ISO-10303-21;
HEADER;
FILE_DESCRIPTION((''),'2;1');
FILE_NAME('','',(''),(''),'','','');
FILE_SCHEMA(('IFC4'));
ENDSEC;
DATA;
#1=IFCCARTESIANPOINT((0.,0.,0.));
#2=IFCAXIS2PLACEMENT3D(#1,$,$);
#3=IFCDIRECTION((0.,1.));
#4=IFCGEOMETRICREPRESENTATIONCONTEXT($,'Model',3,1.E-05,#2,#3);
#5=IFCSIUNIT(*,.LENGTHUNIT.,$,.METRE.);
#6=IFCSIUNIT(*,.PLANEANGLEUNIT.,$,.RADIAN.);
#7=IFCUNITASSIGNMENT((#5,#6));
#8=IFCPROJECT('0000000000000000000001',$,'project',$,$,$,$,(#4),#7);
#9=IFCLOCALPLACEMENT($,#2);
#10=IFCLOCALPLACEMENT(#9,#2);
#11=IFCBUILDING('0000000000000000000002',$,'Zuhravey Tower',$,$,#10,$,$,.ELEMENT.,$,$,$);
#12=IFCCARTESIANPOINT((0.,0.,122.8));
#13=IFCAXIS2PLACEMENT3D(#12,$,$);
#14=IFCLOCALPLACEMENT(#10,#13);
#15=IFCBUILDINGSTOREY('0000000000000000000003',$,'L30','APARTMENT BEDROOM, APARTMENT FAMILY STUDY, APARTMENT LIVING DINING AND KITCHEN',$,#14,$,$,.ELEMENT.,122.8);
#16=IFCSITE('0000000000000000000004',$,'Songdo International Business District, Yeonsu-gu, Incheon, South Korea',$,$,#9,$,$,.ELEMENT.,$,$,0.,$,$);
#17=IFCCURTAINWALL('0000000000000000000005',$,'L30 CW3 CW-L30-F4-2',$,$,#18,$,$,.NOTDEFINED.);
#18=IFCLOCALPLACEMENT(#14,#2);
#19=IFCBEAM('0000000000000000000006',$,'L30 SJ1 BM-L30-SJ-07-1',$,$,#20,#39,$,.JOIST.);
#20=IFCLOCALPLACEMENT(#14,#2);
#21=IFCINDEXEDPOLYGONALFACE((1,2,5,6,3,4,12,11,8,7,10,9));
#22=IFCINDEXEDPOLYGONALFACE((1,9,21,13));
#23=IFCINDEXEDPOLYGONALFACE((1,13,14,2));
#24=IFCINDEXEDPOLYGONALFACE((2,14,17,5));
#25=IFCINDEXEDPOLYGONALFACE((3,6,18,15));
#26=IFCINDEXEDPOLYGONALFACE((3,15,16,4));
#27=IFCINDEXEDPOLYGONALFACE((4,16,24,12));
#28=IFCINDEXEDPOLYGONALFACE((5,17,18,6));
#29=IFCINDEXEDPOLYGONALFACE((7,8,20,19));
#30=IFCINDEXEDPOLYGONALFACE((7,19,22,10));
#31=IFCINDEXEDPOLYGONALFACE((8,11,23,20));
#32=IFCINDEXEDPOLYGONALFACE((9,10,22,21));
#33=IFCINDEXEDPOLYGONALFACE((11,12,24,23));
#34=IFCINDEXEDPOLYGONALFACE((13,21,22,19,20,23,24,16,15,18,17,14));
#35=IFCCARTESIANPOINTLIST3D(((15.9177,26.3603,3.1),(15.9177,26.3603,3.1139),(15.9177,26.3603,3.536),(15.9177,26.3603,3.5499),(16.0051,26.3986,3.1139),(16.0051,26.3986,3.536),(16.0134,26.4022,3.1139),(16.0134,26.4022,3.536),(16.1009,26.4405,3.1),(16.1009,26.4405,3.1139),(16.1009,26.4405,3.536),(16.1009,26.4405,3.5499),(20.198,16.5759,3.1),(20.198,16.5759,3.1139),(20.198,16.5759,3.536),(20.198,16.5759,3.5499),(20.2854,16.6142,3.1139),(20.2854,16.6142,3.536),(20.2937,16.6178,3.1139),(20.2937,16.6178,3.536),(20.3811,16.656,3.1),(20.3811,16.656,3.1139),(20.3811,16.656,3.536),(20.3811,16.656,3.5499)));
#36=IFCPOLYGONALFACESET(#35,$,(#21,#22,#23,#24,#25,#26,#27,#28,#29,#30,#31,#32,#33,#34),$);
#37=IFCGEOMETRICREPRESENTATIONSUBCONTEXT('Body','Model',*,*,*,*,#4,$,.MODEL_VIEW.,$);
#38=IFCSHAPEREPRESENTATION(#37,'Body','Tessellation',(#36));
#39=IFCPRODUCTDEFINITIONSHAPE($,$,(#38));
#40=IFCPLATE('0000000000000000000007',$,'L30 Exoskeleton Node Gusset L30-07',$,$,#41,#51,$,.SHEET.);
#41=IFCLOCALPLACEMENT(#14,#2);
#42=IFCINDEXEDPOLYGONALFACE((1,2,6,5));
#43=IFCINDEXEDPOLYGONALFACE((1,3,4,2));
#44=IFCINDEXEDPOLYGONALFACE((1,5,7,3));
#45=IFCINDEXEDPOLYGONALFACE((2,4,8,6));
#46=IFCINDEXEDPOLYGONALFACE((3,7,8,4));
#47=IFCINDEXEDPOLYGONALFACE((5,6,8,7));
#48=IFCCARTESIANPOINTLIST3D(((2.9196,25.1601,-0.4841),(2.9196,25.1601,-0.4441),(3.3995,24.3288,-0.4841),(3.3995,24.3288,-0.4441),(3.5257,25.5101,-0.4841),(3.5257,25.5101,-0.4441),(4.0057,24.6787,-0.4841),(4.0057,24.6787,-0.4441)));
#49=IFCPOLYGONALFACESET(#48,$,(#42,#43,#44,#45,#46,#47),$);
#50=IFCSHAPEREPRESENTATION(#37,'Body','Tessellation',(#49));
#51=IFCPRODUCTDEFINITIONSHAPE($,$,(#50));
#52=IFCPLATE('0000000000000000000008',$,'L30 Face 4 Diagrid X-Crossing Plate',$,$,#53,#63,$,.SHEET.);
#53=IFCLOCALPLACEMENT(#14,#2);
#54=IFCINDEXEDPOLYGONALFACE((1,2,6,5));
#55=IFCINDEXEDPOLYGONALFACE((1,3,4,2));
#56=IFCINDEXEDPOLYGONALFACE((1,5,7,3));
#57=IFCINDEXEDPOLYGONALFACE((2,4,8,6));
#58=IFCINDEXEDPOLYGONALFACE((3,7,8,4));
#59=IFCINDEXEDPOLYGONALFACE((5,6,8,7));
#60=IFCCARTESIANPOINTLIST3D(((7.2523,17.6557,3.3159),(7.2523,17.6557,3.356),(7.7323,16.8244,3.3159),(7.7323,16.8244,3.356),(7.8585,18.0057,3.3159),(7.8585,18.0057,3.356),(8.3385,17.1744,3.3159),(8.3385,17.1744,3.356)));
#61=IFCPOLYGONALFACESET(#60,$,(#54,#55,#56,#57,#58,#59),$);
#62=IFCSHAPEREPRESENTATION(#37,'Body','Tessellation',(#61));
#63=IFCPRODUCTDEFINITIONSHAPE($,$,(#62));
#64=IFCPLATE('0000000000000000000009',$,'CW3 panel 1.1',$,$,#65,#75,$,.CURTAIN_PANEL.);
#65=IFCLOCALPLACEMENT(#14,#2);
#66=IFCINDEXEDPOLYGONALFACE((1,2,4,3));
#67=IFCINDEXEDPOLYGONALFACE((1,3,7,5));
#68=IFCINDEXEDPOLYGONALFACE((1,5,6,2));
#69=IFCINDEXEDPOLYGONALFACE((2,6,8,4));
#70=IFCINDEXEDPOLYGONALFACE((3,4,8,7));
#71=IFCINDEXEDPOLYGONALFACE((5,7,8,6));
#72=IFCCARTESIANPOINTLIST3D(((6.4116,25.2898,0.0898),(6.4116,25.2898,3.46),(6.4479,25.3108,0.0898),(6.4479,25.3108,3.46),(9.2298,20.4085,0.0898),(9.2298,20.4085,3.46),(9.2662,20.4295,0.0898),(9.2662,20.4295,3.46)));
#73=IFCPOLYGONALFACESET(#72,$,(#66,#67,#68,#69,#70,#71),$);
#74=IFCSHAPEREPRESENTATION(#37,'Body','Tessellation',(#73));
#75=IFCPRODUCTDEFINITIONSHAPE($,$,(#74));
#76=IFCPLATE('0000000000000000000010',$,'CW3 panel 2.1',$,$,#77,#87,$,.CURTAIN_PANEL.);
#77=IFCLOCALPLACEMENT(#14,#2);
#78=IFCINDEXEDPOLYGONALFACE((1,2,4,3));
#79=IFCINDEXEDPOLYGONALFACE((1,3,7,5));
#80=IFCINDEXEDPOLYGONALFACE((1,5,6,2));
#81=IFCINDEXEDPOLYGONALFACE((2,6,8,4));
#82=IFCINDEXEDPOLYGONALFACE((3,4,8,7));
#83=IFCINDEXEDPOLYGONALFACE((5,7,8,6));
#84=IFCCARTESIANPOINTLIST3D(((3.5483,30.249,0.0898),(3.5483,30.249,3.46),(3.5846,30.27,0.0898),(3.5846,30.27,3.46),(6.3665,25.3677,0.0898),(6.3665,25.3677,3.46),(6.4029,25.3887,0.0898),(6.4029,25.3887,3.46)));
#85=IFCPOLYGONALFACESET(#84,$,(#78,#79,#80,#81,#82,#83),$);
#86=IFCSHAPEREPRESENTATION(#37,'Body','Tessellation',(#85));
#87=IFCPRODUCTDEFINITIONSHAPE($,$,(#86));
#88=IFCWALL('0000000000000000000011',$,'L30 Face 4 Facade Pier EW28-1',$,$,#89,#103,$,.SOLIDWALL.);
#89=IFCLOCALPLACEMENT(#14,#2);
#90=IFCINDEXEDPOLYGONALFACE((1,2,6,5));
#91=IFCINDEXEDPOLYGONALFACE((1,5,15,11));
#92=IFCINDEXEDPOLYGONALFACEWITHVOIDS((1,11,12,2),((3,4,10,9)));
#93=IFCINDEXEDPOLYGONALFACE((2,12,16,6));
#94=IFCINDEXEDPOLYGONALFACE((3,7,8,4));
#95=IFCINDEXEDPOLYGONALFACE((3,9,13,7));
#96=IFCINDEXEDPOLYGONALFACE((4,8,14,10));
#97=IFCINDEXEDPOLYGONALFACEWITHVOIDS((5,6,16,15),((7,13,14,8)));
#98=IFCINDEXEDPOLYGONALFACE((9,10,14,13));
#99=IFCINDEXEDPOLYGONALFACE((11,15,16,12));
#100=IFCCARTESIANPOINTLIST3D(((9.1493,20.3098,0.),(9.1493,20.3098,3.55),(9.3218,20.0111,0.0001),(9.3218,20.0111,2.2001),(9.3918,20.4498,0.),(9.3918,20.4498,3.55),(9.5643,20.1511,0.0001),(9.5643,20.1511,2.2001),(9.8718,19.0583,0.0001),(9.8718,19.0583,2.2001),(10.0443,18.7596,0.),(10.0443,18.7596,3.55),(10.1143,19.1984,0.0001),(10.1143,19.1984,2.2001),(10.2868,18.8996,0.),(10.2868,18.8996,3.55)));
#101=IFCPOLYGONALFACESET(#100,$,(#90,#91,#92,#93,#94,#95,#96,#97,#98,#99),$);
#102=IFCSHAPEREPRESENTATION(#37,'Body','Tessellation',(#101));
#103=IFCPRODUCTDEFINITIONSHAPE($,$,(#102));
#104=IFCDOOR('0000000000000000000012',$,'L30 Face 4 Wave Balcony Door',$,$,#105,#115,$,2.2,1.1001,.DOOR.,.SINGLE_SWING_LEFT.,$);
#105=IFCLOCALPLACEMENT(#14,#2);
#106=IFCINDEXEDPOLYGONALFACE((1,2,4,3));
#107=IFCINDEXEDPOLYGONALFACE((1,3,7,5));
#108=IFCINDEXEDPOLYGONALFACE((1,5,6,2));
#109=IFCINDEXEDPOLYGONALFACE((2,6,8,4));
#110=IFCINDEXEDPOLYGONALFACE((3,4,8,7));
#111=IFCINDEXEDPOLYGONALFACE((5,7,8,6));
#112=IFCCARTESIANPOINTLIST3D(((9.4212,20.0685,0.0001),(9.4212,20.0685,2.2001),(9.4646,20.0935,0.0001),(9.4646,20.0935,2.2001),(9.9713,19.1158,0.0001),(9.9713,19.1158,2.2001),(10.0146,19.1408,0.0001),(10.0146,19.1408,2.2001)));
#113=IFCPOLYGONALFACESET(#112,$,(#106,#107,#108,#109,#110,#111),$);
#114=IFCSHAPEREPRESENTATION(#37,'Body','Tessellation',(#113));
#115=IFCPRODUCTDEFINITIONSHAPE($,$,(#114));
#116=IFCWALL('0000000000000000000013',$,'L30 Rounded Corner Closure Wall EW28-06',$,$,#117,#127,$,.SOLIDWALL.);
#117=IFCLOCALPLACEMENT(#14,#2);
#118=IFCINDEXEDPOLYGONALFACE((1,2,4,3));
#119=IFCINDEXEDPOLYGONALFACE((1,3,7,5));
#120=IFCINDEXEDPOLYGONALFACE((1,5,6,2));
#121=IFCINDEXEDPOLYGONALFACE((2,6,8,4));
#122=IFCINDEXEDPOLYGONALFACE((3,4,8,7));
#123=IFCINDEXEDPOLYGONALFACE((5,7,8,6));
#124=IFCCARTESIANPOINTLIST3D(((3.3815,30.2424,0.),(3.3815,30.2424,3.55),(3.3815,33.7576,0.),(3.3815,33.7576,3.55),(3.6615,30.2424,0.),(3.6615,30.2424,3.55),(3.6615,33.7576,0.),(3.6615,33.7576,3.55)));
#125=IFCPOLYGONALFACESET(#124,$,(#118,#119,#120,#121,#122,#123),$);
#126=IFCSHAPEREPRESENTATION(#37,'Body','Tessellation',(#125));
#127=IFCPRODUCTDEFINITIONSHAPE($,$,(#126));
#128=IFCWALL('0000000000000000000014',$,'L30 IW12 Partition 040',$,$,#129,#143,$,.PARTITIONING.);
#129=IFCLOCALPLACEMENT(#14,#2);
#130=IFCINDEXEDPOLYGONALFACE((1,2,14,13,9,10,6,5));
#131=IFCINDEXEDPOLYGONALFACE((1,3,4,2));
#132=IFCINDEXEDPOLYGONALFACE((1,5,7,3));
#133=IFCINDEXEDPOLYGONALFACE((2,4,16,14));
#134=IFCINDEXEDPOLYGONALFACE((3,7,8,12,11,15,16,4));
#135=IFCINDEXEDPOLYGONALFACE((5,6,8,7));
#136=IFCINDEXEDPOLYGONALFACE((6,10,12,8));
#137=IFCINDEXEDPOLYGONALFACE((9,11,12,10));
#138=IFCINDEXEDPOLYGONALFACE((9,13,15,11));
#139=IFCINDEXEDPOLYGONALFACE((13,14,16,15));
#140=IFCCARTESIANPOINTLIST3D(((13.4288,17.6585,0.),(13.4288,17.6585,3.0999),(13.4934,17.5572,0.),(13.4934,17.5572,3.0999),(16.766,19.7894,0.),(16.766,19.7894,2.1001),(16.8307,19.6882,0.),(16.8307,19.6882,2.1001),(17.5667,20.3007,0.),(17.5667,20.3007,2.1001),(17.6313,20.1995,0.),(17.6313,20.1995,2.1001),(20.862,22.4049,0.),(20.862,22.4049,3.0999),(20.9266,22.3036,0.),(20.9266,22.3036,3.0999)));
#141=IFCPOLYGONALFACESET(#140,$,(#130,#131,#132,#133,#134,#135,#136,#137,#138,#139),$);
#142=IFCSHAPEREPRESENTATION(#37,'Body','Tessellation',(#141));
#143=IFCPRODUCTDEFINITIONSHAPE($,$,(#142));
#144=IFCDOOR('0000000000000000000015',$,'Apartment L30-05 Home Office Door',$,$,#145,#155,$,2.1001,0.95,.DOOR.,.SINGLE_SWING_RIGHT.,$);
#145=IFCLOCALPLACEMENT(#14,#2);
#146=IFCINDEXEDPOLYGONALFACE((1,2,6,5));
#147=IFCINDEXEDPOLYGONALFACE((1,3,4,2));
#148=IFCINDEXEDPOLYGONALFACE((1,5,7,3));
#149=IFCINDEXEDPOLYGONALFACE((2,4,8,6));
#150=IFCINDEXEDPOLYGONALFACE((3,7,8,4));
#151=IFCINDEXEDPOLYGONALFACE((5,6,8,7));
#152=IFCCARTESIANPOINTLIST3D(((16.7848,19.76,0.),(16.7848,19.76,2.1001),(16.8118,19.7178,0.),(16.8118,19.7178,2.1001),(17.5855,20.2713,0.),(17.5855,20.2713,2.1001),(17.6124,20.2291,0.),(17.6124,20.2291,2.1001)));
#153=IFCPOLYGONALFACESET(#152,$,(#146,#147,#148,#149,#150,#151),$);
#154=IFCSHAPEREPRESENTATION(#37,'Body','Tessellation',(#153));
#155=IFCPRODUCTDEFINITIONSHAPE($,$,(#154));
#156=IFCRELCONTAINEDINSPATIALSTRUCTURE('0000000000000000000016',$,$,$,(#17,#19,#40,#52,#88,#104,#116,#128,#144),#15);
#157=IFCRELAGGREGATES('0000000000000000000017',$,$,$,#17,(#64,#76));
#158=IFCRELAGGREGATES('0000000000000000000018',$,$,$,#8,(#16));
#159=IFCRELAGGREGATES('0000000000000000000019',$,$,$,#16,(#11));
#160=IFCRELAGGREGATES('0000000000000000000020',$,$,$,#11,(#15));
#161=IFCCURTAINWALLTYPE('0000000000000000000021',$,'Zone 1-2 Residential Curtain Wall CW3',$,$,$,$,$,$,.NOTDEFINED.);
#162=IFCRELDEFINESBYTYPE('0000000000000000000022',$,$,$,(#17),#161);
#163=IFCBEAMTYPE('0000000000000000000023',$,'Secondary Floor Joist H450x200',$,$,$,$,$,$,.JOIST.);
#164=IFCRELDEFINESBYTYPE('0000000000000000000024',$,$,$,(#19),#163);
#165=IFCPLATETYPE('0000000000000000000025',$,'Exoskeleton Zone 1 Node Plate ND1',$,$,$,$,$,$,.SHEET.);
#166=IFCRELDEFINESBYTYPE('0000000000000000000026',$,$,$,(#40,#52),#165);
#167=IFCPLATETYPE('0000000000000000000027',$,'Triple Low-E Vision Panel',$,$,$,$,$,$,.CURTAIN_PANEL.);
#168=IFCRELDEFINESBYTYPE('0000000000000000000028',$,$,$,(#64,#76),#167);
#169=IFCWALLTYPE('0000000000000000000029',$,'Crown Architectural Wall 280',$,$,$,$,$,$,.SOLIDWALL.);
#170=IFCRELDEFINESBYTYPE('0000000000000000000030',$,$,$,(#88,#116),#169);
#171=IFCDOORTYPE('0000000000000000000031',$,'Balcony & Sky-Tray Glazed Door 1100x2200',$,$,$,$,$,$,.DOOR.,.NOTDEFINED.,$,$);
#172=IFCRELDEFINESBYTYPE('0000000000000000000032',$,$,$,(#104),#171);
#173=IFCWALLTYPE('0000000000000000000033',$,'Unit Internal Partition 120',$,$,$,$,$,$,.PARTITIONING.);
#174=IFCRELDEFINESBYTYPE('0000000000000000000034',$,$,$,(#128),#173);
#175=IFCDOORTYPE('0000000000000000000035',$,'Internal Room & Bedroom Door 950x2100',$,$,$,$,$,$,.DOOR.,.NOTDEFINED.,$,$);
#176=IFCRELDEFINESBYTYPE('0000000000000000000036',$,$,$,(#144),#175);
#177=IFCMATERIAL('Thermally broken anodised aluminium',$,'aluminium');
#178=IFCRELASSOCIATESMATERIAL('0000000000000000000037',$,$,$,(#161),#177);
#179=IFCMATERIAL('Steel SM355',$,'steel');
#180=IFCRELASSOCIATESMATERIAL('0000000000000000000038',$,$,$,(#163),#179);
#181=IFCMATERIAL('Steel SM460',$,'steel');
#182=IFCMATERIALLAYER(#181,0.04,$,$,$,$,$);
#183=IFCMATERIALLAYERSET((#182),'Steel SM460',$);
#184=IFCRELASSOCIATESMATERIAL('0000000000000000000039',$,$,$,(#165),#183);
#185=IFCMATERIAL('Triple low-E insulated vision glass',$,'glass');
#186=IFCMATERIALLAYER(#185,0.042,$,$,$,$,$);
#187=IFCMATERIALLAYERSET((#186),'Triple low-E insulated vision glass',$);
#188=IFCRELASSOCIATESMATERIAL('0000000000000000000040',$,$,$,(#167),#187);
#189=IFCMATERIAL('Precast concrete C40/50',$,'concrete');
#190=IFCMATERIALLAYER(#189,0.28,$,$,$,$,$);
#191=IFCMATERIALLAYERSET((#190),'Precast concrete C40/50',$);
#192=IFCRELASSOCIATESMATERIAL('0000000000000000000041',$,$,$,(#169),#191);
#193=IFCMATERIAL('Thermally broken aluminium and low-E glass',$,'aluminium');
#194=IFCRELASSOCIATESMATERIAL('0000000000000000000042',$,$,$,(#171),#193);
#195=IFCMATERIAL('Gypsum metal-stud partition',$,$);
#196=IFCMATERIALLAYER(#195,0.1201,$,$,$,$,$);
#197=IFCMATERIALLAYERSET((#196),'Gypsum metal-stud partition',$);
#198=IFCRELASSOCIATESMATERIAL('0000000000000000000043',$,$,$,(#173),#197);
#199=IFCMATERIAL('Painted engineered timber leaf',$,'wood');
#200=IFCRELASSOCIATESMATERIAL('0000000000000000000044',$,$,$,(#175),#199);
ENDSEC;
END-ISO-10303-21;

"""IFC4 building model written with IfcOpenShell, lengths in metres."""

from ifc_helpers import new_model, si_unit, direction, frame, frame_2d, origin, origin_2d, place, context, subcontext, project, spatial, rectangle, i_section, extrude, material, layer, layer_set, material_profile, profile_set, type_object, element, fill, aggregate, save


model = new_model("IFC4")

# Units and contexts
model_context = context("Model", 3, precision=1e-05, world=origin(), true_north=direction((0.0, 1.0)))
body_context = subcontext(model_context, "Body", "Model", "MODEL_VIEW")
ifc_project = project(units=[si_unit("LENGTHUNIT", "METRE"), si_unit("PLANEANGLEUNIT", "RADIAN")], contexts=[model_context])

# Site, building, storey
site_placement = place(None, origin())
site = spatial("IfcSite", under=ifc_project, at=site_placement, Name="Songdo International Business District, Yeonsu-gu, Incheon, South Korea", CompositionType="ELEMENT", RefElevation=0.0)
building_placement = place(site_placement, origin())
building = spatial("IfcBuilding", under=site, at=building_placement, Name="Zuhravey Tower", CompositionType="ELEMENT")
storey_placement = place(building_placement, frame((0.0, 0.0, 122.8)))
storey = spatial("IfcBuildingStorey", under=building, at=storey_placement, Name="L30", Description="APARTMENT BEDROOM, APARTMENT FAMILY STUDY, APARTMENT LIVING DINING AND KITCHEN", CompositionType="ELEMENT", Elevation=122.8)

# Shared definitions
ifc_material_1 = material(Name="Thermally broken anodised aluminium", Category="aluminium")
curtain_wall_type = type_object("IfcCurtainWallType", Name="Zone 1-2 Residential Curtain Wall CW3", PredefinedType="NOTDEFINED", material=ifc_material_1)

# Curtain wall
curtain_wall_1_placement = place(storey_placement, origin())
curtain_wall_1 = element("IfcCurtainWall", 1, at=curtain_wall_1_placement, inside=storey, type_object=curtain_wall_type, Name="L30 CW3 CW-L30-F4-2", PredefinedType="NOTDEFINED")

# Shared definitions
ifc_material_2 = material(Name="Steel SM355", Category="steel")
ifc_material_3 = material(Name="Steel SM460", Category="steel")

# Beam
ifc_material_profile_1 = material_profile(ifc_material_2, i_section(OverallWidth=0.2, OverallDepth=0.45, WebThickness=0.009, FlangeThickness=0.0139, at=origin_2d()), Name="H-450x200x9x14")
ifc_profile_set_1 = profile_set([ifc_material_profile_1], Name="Steel SM355")
beam_type_1 = type_object("IfcBeamType", Name="Secondary Floor Joist H450x200", PredefinedType="JOIST", material=ifc_profile_set_1)
beam_1_placement = place(storey_placement, frame((16.0093, 26.4004, 3.325), z_axis=(0.400786, -0.916172, 0.0), x_axis=(0.916172, 0.400786, 0.0)))
element("IfcBeam", 2, at=beam_1_placement, inside=storey, type_object=beam_type_1, Name="L30 SJ1 BM-L30-SJ-07-1", PredefinedType="JOIST", context=body_context, shape_type="SweptSolid", body=[
    extrude(i_section(OverallWidth=0.2, OverallDepth=0.45, WebThickness=0.009, FlangeThickness=0.0139, at=origin_2d()), origin(), (0.0, 0.0, 1.0), 10.6797),
])

# Plates
ifc_layer_1 = layer(ifc_material_3, 0.04)
ifc_layer_set_1 = layer_set([ifc_layer_1], Name="Steel SM460")
plate_type_1 = type_object("IfcPlateType", Name="Exoskeleton Zone 1 Node Plate ND1", PredefinedType="SHEET", material=ifc_layer_set_1)
for number, where, z_axis, x_axis, name in (
    (3, (3.4626, 24.9194, -0.4841), (0.0, 0.0, 1.0), (0.5, -0.866025, 0.0), "L30 Exoskeleton Node Gusset L30-07"),
    (4, (7.7954, 17.415, 3.3159), (0.0, 0.0, 1.0), (0.5, -0.866025, 0.0), "L30 Face 4 Diagrid X-Crossing Plate"),
):
    element("IfcPlate", number, at=place(storey_placement, frame(where, z_axis=z_axis, x_axis=x_axis)), inside=storey, type_object=plate_type_1, Name=name, PredefinedType="SHEET", context=body_context, shape_type="SweptSolid", body=[
        extrude(rectangle(XDim=0.96, YDim=0.7, at=origin_2d()), origin(), (0.0, 0.0, 1.0), 0.04),
    ])

# Plates
ifc_material_4 = material(Name="Triple low-E insulated vision glass", Category="glass")
ifc_layer_2 = layer(ifc_material_4, 0.042)
ifc_layer_set_2 = layer_set([ifc_layer_2], Name="Triple low-E insulated vision glass")
plate_type_2 = type_object("IfcPlateType", Name="Triple Low-E Vision Panel", PredefinedType="CURTAIN_PANEL", material=ifc_layer_set_2)
plate_1_placement = place(storey_placement, frame((7.8389, 22.8596, 0.0898), z_axis=(0.0, 0.0, 1.0), x_axis=(-0.500004, 0.866023, 0.0)))
plate_1 = element("IfcPlate", 5, at=plate_1_placement, type_object=plate_type_2, Name="CW3 panel 1.1", PredefinedType="CURTAIN_PANEL", context=body_context, shape_type="SweptSolid", body=[
    extrude(rectangle(XDim=5.6365, YDim=0.042, at=origin_2d()), origin(), (0.0, 0.0, 1.0), 3.3701),
])
plate_2_placement = place(storey_placement, frame((4.9756, 27.8188, 0.0898), z_axis=(0.0, 0.0, 1.0), x_axis=(-0.500004, 0.866023, 0.0)))
plate_2 = element("IfcPlate", 6, at=plate_2_placement, type_object=plate_type_2, Name="CW3 panel 2.1", PredefinedType="CURTAIN_PANEL", context=body_context, shape_type="SweptSolid", body=[
    extrude(rectangle(XDim=5.6365, YDim=0.042, at=origin_2d()), origin(), (0.0, 0.0, 1.0), 3.3701),
])
aggregate(curtain_wall_1, [plate_1, plate_2])

# Wall, opening, door
ifc_material_5 = material(Name="Precast concrete C40/50", Category="concrete")
ifc_layer_3 = layer(ifc_material_5, 0.28)
ifc_layer_set_3 = layer_set([ifc_layer_3], Name="Precast concrete C40/50")
wall_type_1 = type_object("IfcWallType", Name="Crown Architectural Wall 280", PredefinedType="SOLIDWALL", material=ifc_layer_set_3)
wall_1_placement = place(storey_placement, frame((10.1655, 18.8296, 0.0), z_axis=(0.0, 0.0, 1.0), x_axis=(-0.499982, 0.866036, 0.0)))
wall_1 = element("IfcWall", 7, at=wall_1_placement, inside=storey, type_object=wall_type_1, Name="L30 Face 4 Facade Pier EW28-1", PredefinedType="SOLIDWALL", context=body_context, shape_type="SweptSolid", body=[
    extrude(rectangle(XDim=1.79, YDim=0.28, at=frame_2d((0.895, 0.0))), origin(), (0.0, 0.0, 1.0), 3.55),
])
opening_1_placement = place(wall_1_placement, frame((0.345, 0.0, 0.0)))
opening_1 = element("IfcOpeningElement", 8, at=opening_1_placement, cuts=wall_1, PredefinedType="OPENING", context=body_context, shape_type="SweptSolid", body=[
    extrude(rectangle(XDim=1.1001, YDim=2.2, at=frame_2d((0.55, 1.1001))), frame((0.0, 0.1521, 0.0), z_axis=(0.0, -1.0, 0.0), x_axis=(1.0, 0.0, 0.0)), (0.0, 0.0, 1.0), 0.304),
])
ifc_material_6 = material(Name="Thermally broken aluminium and low-E glass", Category="aluminium")
door_type_1 = type_object("IfcDoorType", Name="Balcony & Sky-Tray Glazed Door 1100x2200", OperationType="NOTDEFINED", PredefinedType="DOOR", material=ifc_material_6)
door_1_placement = place(opening_1_placement, frame((1.1001, 0.0, 0.0), z_axis=(0.0, 0.0, 1.0), x_axis=(-1.0, 0.0, 0.0)))
door_1 = element("IfcDoor", 9, at=door_1_placement, inside=storey, type_object=door_type_1, Name="L30 Face 4 Wave Balcony Door", OperationType="SINGLE_SWING_LEFT", OverallHeight=2.2, OverallWidth=1.1001, PredefinedType="DOOR", context=body_context, shape_type="SweptSolid", body=[
    extrude(rectangle(XDim=1.1001, YDim=2.2, at=frame_2d((0.55, 1.1001))), frame((0.0, 0.0249, 0.0), z_axis=(0.0, -1.0, 0.0), x_axis=(1.0, 0.0, 0.0)), (0.0, 0.0, 1.0), 0.05),
])
fill(opening_1, door_1)

# Wall
wall_2_placement = place(storey_placement, frame((3.5215, 30.2424, 0.0), z_axis=(0.0, 0.0, 1.0), x_axis=(0.0, 1.0, 0.0)))
element("IfcWall", 10, at=wall_2_placement, inside=storey, type_object=wall_type_1, Name="L30 Rounded Corner Closure Wall EW28-06", PredefinedType="SOLIDWALL", context=body_context, shape_type="SweptSolid", body=[
    extrude(rectangle(XDim=3.5151, YDim=0.28, at=frame_2d((1.7576, 0.0))), origin(), (0.0, 0.0, 1.0), 3.55),
])

# Wall, opening, door
ifc_material_7 = material(Name="Gypsum metal-stud partition")
ifc_layer_4 = layer(ifc_material_7, 0.1201)
ifc_layer_set_4 = layer_set([ifc_layer_4], Name="Gypsum metal-stud partition")
wall_type_2 = type_object("IfcWallType", Name="Unit Internal Partition 120", PredefinedType="PARTITIONING", material=ifc_layer_set_4)
wall_3_placement = place(storey_placement, frame((20.8943, 22.3542, 0.0), z_axis=(0.0, 0.0, 1.0), x_axis=(-0.84283, -0.538181, 0.0)))
wall_3 = element("IfcWall", 11, at=wall_3_placement, inside=storey, type_object=wall_type_2, Name="L30 IW12 Partition 040", PredefinedType="PARTITIONING", context=body_context, shape_type="SweptSolid", body=[
    extrude(rectangle(XDim=8.8193, YDim=0.1201, at=frame_2d((4.4097, 0.0))), origin(), (0.0, 0.0, 1.0), 3.0999),
])
opening_2_placement = place(wall_3_placement, frame((3.9097, 0.0, 0.0)))
opening_2 = element("IfcOpeningElement", 12, at=opening_2_placement, cuts=wall_3, PredefinedType="OPENING", context=body_context, shape_type="SweptSolid", body=[
    extrude(rectangle(XDim=0.95, YDim=2.1001, at=frame_2d((0.4751, 1.05))), frame((0.0, 0.072, 0.0), z_axis=(0.0, -1.0, 0.0), x_axis=(1.0, 0.0, 0.0)), (0.0, 0.0, 1.0), 0.144),
])
ifc_material_8 = material(Name="Painted engineered timber leaf", Category="wood")
door_type_2 = type_object("IfcDoorType", Name="Internal Room & Bedroom Door 950x2100", OperationType="NOTDEFINED", PredefinedType="DOOR", material=ifc_material_8)
door_2_placement = place(opening_2_placement, origin())
door_2 = element("IfcDoor", 13, at=door_2_placement, inside=storey, type_object=door_type_2, Name="Apartment L30-05 Home Office Door", OperationType="SINGLE_SWING_RIGHT", OverallHeight=2.1001, OverallWidth=0.95, PredefinedType="DOOR", context=body_context, shape_type="SweptSolid", body=[
    extrude(rectangle(XDim=0.95, YDim=2.1001, at=frame_2d((0.4751, 1.05))), frame((0.0, 0.0249, 0.0), z_axis=(0.0, -1.0, 0.0), x_axis=(1.0, 0.0, 0.0)), (0.0, 0.0, 1.0), 0.05),
])
fill(opening_2, door_2)

save(model, "model.ifc")
